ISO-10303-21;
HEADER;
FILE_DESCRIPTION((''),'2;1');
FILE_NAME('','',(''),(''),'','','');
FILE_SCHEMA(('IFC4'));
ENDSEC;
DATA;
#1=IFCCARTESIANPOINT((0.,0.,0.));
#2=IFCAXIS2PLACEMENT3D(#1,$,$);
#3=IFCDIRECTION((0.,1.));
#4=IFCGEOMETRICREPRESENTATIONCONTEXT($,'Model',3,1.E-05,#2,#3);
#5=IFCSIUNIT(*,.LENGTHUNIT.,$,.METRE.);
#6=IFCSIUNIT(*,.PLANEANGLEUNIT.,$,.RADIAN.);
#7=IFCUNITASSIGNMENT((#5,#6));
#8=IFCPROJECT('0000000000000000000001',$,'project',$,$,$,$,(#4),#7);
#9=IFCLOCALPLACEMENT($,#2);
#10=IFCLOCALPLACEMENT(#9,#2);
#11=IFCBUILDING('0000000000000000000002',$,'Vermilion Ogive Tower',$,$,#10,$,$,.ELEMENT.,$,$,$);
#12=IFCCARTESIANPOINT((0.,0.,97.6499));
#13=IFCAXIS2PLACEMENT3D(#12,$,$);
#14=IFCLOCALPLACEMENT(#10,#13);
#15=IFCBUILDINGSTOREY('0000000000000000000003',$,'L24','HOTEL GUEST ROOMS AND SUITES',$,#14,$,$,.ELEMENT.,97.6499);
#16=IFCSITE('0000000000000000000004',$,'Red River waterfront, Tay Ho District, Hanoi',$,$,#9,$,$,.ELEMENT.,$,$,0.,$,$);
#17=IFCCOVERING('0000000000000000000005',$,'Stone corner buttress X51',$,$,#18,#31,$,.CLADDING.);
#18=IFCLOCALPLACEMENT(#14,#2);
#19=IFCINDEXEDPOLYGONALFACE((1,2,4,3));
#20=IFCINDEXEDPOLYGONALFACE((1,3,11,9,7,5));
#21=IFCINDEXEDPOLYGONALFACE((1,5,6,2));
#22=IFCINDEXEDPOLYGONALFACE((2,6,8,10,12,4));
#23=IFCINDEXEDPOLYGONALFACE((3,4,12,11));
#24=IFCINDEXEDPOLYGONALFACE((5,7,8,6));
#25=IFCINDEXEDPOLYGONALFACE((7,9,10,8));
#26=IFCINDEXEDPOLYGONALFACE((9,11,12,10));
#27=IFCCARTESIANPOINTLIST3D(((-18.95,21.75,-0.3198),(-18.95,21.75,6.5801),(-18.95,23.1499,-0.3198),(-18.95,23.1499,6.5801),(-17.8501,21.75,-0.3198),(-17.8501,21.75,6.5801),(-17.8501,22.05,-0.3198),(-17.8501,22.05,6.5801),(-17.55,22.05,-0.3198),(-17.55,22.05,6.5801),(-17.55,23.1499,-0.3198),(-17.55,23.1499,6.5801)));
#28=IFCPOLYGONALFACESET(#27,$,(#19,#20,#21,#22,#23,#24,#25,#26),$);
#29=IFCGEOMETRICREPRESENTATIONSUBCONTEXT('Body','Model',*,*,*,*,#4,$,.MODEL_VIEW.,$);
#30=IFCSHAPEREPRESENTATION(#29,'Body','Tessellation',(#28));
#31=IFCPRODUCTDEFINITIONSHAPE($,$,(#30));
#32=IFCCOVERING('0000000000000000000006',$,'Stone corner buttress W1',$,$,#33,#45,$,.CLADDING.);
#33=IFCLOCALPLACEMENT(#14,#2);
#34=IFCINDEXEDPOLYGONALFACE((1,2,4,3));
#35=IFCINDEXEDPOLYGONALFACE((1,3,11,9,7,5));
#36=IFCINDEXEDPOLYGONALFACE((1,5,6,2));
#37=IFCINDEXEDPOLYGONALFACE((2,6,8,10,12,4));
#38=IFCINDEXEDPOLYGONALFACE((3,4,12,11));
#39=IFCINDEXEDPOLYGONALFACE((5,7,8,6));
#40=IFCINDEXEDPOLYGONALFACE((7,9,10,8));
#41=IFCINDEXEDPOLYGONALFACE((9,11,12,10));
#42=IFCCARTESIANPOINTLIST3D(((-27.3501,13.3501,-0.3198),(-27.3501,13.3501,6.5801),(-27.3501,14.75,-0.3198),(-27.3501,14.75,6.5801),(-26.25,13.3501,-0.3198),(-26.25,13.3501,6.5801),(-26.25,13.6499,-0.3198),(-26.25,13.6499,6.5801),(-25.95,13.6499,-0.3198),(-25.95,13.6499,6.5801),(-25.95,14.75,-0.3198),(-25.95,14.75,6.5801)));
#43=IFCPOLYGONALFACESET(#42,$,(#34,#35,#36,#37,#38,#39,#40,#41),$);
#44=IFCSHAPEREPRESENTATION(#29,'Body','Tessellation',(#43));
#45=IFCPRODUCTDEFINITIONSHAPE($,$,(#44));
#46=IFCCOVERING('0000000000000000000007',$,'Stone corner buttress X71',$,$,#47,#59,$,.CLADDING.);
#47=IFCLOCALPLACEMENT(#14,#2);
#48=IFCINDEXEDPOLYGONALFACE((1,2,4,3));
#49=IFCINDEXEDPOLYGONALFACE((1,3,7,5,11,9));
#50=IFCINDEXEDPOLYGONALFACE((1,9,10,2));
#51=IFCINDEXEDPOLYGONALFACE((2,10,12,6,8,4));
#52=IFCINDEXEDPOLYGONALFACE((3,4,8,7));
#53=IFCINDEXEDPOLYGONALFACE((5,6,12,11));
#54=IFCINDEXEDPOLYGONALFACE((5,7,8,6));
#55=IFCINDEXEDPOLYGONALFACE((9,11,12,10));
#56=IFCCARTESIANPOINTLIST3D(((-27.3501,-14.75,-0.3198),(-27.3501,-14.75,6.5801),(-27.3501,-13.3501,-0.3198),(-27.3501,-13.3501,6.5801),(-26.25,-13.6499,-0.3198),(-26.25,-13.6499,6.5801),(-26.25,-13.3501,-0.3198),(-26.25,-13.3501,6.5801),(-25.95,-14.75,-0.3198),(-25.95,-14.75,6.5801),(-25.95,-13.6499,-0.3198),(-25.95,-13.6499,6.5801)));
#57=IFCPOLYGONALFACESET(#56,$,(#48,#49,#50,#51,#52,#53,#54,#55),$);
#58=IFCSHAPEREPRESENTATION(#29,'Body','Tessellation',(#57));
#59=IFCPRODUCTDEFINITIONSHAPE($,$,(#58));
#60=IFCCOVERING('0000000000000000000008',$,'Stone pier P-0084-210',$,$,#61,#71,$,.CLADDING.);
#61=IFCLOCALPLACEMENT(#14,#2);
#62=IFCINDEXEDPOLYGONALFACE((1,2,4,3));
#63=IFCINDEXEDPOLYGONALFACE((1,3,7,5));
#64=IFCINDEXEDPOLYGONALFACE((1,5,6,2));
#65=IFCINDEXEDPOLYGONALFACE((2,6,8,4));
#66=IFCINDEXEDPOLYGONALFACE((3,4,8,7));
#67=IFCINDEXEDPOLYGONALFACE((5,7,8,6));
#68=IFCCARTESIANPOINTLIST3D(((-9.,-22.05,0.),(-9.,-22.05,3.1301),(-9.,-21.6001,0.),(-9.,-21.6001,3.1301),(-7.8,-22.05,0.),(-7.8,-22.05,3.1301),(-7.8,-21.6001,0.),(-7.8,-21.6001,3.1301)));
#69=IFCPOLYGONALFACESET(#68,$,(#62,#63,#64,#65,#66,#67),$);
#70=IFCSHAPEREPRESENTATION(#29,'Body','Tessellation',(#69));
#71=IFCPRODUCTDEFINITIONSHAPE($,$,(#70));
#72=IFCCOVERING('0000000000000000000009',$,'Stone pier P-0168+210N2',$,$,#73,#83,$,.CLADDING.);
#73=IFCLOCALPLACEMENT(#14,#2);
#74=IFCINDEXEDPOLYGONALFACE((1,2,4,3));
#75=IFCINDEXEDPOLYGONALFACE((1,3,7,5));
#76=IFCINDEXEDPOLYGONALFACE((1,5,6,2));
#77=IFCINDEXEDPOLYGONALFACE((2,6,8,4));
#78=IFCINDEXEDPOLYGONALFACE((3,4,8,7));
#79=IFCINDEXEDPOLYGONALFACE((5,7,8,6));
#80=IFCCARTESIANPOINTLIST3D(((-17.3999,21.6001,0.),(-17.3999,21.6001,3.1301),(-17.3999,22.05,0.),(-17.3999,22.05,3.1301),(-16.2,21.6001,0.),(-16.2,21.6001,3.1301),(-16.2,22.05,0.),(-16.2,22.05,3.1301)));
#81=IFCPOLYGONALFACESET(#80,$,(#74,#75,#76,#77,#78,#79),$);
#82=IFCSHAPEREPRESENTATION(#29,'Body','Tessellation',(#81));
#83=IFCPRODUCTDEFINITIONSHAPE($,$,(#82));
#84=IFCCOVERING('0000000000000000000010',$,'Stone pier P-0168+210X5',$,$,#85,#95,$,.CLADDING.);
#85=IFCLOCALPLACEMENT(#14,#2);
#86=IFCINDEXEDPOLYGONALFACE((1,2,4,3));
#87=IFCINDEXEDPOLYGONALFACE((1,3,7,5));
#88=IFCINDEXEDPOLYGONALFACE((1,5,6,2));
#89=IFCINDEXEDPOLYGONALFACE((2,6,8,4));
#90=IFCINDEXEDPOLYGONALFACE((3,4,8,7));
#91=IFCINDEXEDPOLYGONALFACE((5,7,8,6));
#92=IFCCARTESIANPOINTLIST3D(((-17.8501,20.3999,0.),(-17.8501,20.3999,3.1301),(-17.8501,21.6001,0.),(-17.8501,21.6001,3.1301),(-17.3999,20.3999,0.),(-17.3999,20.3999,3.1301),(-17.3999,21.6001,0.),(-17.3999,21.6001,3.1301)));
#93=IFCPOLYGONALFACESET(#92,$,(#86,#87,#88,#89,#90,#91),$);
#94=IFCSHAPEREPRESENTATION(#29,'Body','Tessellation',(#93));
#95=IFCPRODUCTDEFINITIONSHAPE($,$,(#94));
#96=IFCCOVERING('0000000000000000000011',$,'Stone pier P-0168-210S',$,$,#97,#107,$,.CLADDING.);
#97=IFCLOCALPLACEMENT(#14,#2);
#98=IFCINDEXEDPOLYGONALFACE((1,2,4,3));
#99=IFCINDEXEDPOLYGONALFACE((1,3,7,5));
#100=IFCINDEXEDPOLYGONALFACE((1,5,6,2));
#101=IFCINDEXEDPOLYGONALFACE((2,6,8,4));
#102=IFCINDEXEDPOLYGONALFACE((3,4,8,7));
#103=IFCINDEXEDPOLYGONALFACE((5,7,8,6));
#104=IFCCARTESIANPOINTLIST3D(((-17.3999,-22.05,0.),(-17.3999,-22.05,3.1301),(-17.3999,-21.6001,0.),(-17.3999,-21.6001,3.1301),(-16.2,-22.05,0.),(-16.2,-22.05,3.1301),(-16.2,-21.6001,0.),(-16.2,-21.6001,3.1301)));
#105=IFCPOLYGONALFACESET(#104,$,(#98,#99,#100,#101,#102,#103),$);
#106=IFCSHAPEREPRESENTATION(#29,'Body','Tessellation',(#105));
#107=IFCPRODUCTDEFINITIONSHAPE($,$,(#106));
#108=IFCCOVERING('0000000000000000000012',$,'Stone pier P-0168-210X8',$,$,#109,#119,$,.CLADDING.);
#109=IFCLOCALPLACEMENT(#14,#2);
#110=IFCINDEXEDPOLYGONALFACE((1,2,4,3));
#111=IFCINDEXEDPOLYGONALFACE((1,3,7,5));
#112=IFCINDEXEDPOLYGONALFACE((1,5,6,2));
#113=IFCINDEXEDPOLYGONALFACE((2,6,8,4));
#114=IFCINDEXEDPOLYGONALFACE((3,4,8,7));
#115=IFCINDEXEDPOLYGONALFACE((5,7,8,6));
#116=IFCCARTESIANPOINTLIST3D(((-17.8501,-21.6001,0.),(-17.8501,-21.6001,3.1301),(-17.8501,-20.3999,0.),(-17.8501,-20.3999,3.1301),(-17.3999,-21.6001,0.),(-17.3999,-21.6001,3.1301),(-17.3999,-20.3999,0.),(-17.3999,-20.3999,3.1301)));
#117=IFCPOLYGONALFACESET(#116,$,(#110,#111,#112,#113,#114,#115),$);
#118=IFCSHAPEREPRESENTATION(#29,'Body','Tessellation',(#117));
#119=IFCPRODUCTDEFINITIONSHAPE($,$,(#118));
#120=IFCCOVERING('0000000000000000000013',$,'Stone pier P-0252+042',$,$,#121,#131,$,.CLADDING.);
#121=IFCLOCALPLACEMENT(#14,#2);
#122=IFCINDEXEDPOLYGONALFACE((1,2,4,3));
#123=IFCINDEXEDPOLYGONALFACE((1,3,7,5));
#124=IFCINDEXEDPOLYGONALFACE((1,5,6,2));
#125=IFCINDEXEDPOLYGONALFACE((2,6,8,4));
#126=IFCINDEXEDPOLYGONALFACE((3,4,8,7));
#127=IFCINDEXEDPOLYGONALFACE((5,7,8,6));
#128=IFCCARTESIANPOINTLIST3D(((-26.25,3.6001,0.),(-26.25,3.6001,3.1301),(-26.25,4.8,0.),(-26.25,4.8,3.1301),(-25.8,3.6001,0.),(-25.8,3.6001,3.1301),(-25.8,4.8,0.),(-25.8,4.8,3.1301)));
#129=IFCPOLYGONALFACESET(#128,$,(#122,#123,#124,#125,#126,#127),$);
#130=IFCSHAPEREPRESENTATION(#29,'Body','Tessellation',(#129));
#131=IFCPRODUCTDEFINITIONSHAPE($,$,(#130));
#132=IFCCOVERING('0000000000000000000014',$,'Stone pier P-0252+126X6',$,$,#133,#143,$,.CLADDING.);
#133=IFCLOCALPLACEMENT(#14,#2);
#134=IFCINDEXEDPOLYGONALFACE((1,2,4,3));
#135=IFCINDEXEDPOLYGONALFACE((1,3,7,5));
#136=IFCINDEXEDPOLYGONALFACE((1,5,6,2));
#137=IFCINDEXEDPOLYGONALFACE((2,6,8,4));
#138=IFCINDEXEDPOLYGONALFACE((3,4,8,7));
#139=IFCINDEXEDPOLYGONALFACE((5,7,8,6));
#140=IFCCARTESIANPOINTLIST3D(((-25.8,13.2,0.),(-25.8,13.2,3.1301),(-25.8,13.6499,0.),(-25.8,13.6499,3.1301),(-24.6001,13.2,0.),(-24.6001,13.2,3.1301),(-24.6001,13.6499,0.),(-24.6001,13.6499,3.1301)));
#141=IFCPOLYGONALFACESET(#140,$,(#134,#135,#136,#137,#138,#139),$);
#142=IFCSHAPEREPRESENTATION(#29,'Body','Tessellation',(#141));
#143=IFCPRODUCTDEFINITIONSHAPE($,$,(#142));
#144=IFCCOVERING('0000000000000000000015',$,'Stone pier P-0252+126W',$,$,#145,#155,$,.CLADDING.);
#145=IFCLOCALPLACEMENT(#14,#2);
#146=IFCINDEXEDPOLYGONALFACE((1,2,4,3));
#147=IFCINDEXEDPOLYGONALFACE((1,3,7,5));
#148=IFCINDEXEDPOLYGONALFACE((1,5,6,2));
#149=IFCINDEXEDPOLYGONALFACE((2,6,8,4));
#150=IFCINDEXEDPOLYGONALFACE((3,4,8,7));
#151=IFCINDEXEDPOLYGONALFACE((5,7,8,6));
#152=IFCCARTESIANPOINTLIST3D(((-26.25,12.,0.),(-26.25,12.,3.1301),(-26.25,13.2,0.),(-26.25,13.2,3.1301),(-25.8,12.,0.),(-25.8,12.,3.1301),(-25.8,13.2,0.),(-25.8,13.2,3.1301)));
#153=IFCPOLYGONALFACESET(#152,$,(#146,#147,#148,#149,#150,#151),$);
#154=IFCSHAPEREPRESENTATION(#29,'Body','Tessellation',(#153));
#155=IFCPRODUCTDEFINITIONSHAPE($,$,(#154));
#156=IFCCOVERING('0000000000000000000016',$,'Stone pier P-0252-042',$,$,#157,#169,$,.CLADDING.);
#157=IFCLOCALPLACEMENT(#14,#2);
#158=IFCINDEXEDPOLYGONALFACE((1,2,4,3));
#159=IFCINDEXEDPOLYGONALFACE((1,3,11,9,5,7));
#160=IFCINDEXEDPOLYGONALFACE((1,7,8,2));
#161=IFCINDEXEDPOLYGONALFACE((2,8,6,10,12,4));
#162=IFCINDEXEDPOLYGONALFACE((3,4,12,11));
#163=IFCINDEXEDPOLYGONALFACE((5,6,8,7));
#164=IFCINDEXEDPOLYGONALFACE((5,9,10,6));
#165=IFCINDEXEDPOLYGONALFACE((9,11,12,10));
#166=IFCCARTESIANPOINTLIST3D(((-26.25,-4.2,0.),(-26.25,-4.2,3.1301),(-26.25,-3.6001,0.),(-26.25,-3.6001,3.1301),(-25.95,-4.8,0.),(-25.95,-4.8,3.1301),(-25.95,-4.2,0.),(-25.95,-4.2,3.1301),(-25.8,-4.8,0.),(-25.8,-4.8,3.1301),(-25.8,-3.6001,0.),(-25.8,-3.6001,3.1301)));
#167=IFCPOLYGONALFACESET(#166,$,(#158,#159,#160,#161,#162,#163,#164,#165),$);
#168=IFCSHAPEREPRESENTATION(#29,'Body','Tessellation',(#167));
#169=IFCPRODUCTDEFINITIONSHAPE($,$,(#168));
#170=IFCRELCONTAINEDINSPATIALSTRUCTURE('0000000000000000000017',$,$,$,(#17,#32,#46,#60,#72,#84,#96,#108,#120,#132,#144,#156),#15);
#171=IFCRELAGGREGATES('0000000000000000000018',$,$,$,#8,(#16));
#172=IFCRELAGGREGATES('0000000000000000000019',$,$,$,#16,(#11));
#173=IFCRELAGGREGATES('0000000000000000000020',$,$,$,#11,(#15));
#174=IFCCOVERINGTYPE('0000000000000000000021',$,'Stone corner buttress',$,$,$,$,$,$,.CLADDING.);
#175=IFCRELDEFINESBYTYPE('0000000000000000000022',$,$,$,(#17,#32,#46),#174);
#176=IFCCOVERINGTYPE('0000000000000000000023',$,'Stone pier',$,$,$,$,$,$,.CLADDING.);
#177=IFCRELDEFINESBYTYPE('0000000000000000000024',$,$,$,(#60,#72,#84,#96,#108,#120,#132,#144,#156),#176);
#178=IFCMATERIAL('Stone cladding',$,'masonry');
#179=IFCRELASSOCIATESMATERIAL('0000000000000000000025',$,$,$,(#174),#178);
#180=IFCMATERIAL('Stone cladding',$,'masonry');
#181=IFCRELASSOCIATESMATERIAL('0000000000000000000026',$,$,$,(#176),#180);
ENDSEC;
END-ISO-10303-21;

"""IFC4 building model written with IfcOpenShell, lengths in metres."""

from ifc_helpers import new_model, si_unit, direction, frame, origin, place, context, subcontext, project, spatial, polyline, outline, extrude, material, type_object, element, save


model = new_model("IFC4")

# Units and contexts
model_context = context("Model", 3, precision=1e-05, world=origin(), true_north=direction((0.0, 1.0)))
body_context = subcontext(model_context, "Body", "Model", "MODEL_VIEW")
ifc_project = project(units=[si_unit("LENGTHUNIT", "METRE"), si_unit("PLANEANGLEUNIT", "RADIAN")], contexts=[model_context])

# Site, building, storey
site_placement = place(None, origin())
site = spatial("IfcSite", under=ifc_project, at=site_placement, Name="Red River waterfront, Tay Ho District, Hanoi", CompositionType="ELEMENT", RefElevation=0.0)
building_placement = place(site_placement, origin())
building = spatial("IfcBuilding", under=site, at=building_placement, Name="Vermilion Ogive Tower", CompositionType="ELEMENT")
storey_placement = place(building_placement, frame((0.0, 0.0, 97.6499)))
storey = spatial("IfcBuildingStorey", under=building, at=storey_placement, Name="L24", Description="HOTEL GUEST ROOMS AND SUITES", CompositionType="ELEMENT", Elevation=97.6499)

# Coverings
ifc_material_1 = material(Name="Stone cladding", Category="masonry")
covering_type_1 = type_object("IfcCoveringType", Name="Stone corner buttress", PredefinedType="CLADDING", material=ifc_material_1)
covering_1_placement = place(storey_placement, frame((0.0, 0.0, -0.3198)))
element("IfcCovering", 1, at=covering_1_placement, inside=storey, type_object=covering_type_1, Name="Stone corner buttress X51", PredefinedType="CLADDING", context=body_context, shape_type="SweptSolid", body=[
    extrude(outline(polyline([(-17.55, 23.1499), (-17.55, 22.05), (-17.8501, 22.05), (-17.8501, 21.75), (-18.95, 21.75), (-18.95, 23.1499), (-17.55, 23.1499)])), origin(), (0.0, 0.0, 1.0), 6.8999),
])
covering_2_placement = place(storey_placement, frame((0.0, 0.0, -0.3198)))
element("IfcCovering", 2, at=covering_2_placement, inside=storey, type_object=covering_type_1, Name="Stone corner buttress W1", PredefinedType="CLADDING", context=body_context, shape_type="SweptSolid", body=[
    extrude(outline(polyline([(-26.25, 13.6499), (-26.25, 13.3501), (-27.3501, 13.3501), (-27.3501, 14.75), (-25.95, 14.75), (-25.95, 13.6499), (-26.25, 13.6499)])), origin(), (0.0, 0.0, 1.0), 6.8999),
])
covering_3_placement = place(storey_placement, frame((0.0, 0.0, -0.3198)))
element("IfcCovering", 3, at=covering_3_placement, inside=storey, type_object=covering_type_1, Name="Stone corner buttress X71", PredefinedType="CLADDING", context=body_context, shape_type="SweptSolid", body=[
    extrude(outline(polyline([(-26.25, -13.3501), (-26.25, -13.6499), (-25.95, -13.6499), (-25.95, -14.75), (-27.3501, -14.75), (-27.3501, -13.3501), (-26.25, -13.3501)])), origin(), (0.0, 0.0, 1.0), 6.8999),
])
ifc_material_2 = material(Name="Stone cladding", Category="masonry")
covering_type_2 = type_object("IfcCoveringType", Name="Stone pier", PredefinedType="CLADDING", material=ifc_material_2)
covering_4_placement = place(storey_placement, origin())
element("IfcCovering", 4, at=covering_4_placement, inside=storey, type_object=covering_type_2, Name="Stone pier P-0084-210", PredefinedType="CLADDING", context=body_context, shape_type="SweptSolid", body=[
    extrude(outline(polyline([(-7.8, -22.05), (-9.0, -22.05), (-9.0, -21.6001), (-7.8, -21.6001), (-7.8, -22.05)])), origin(), (0.0, 0.0, 1.0), 3.1301),
])
covering_5_placement = place(storey_placement, origin())
element("IfcCovering", 5, at=covering_5_placement, inside=storey, type_object=covering_type_2, Name="Stone pier P-0168+210N2", PredefinedType="CLADDING", context=body_context, shape_type="SweptSolid", body=[
    extrude(outline(polyline([(-17.3999, 22.05), (-16.2, 22.05), (-16.2, 21.6001), (-17.3999, 21.6001), (-17.3999, 22.05)])), origin(), (0.0, 0.0, 1.0), 3.1301),
])
covering_6_placement = place(storey_placement, origin())
element("IfcCovering", 6, at=covering_6_placement, inside=storey, type_object=covering_type_2, Name="Stone pier P-0168+210X5", PredefinedType="CLADDING", context=body_context, shape_type="SweptSolid", body=[
    extrude(outline(polyline([(-17.8501, 21.6001), (-17.3999, 21.6001), (-17.3999, 20.3999), (-17.8501, 20.3999), (-17.8501, 21.6001)])), origin(), (0.0, 0.0, 1.0), 3.1301),
])
covering_7_placement = place(storey_placement, origin())
element("IfcCovering", 7, at=covering_7_placement, inside=storey, type_object=covering_type_2, Name="Stone pier P-0168-210S", PredefinedType="CLADDING", context=body_context, shape_type="SweptSolid", body=[
    extrude(outline(polyline([(-16.2, -22.05), (-17.3999, -22.05), (-17.3999, -21.6001), (-16.2, -21.6001), (-16.2, -22.05)])), origin(), (0.0, 0.0, 1.0), 3.1301),
])
covering_8_placement = place(storey_placement, origin())
element("IfcCovering", 8, at=covering_8_placement, inside=storey, type_object=covering_type_2, Name="Stone pier P-0168-210X8", PredefinedType="CLADDING", context=body_context, shape_type="SweptSolid", body=[
    extrude(outline(polyline([(-17.8501, -20.3999), (-17.3999, -20.3999), (-17.3999, -21.6001), (-17.8501, -21.6001), (-17.8501, -20.3999)])), origin(), (0.0, 0.0, 1.0), 3.1301),
])
covering_9_placement = place(storey_placement, origin())
element("IfcCovering", 9, at=covering_9_placement, inside=storey, type_object=covering_type_2, Name="Stone pier P-0252+042", PredefinedType="CLADDING", context=body_context, shape_type="SweptSolid", body=[
    extrude(outline(polyline([(-25.8, 3.6001), (-26.25, 3.6001), (-26.25, 4.8), (-25.8, 4.8), (-25.8, 4.8), (-25.8, 3.6001)])), origin(), (0.0, 0.0, 1.0), 3.1301),
])
covering_10_placement = place(storey_placement, origin())
element("IfcCovering", 10, at=covering_10_placement, inside=storey, type_object=covering_type_2, Name="Stone pier P-0252+126X6", PredefinedType="CLADDING", context=body_context, shape_type="SweptSolid", body=[
    extrude(outline(polyline([(-25.8, 13.2), (-25.8, 13.6499), (-24.6001, 13.6499), (-24.6001, 13.2), (-24.6001, 13.2), (-25.8, 13.2)])), origin(), (0.0, 0.0, 1.0), 3.1301),
])
covering_11_placement = place(storey_placement, origin())
element("IfcCovering", 11, at=covering_11_placement, inside=storey, type_object=covering_type_2, Name="Stone pier P-0252+126W", PredefinedType="CLADDING", context=body_context, shape_type="SweptSolid", body=[
    extrude(outline(polyline([(-26.25, 13.2), (-25.8, 13.2), (-25.8, 12.0), (-26.25, 12.0), (-26.25, 13.2)])), origin(), (0.0, 0.0, 1.0), 3.1301),
])
covering_12_placement = place(storey_placement, origin())
element("IfcCovering", 12, at=covering_12_placement, inside=storey, type_object=covering_type_2, Name="Stone pier P-0252-042", PredefinedType="CLADDING", context=body_context, shape_type="SweptSolid", body=[
    extrude(outline(polyline([(-25.8, -4.8), (-25.8, -4.8), (-26.25, -4.8), (-26.25, -4.8), (-25.95, -4.8), (-25.95, -4.2), (-26.25, -4.2), (-26.25, -3.6001), (-25.8, -3.6001), (-25.8, -3.6001), (-25.8, -4.8)])), origin(), (0.0, 0.0, 1.0), 3.1301),
])

save(model, "model.ifc")
